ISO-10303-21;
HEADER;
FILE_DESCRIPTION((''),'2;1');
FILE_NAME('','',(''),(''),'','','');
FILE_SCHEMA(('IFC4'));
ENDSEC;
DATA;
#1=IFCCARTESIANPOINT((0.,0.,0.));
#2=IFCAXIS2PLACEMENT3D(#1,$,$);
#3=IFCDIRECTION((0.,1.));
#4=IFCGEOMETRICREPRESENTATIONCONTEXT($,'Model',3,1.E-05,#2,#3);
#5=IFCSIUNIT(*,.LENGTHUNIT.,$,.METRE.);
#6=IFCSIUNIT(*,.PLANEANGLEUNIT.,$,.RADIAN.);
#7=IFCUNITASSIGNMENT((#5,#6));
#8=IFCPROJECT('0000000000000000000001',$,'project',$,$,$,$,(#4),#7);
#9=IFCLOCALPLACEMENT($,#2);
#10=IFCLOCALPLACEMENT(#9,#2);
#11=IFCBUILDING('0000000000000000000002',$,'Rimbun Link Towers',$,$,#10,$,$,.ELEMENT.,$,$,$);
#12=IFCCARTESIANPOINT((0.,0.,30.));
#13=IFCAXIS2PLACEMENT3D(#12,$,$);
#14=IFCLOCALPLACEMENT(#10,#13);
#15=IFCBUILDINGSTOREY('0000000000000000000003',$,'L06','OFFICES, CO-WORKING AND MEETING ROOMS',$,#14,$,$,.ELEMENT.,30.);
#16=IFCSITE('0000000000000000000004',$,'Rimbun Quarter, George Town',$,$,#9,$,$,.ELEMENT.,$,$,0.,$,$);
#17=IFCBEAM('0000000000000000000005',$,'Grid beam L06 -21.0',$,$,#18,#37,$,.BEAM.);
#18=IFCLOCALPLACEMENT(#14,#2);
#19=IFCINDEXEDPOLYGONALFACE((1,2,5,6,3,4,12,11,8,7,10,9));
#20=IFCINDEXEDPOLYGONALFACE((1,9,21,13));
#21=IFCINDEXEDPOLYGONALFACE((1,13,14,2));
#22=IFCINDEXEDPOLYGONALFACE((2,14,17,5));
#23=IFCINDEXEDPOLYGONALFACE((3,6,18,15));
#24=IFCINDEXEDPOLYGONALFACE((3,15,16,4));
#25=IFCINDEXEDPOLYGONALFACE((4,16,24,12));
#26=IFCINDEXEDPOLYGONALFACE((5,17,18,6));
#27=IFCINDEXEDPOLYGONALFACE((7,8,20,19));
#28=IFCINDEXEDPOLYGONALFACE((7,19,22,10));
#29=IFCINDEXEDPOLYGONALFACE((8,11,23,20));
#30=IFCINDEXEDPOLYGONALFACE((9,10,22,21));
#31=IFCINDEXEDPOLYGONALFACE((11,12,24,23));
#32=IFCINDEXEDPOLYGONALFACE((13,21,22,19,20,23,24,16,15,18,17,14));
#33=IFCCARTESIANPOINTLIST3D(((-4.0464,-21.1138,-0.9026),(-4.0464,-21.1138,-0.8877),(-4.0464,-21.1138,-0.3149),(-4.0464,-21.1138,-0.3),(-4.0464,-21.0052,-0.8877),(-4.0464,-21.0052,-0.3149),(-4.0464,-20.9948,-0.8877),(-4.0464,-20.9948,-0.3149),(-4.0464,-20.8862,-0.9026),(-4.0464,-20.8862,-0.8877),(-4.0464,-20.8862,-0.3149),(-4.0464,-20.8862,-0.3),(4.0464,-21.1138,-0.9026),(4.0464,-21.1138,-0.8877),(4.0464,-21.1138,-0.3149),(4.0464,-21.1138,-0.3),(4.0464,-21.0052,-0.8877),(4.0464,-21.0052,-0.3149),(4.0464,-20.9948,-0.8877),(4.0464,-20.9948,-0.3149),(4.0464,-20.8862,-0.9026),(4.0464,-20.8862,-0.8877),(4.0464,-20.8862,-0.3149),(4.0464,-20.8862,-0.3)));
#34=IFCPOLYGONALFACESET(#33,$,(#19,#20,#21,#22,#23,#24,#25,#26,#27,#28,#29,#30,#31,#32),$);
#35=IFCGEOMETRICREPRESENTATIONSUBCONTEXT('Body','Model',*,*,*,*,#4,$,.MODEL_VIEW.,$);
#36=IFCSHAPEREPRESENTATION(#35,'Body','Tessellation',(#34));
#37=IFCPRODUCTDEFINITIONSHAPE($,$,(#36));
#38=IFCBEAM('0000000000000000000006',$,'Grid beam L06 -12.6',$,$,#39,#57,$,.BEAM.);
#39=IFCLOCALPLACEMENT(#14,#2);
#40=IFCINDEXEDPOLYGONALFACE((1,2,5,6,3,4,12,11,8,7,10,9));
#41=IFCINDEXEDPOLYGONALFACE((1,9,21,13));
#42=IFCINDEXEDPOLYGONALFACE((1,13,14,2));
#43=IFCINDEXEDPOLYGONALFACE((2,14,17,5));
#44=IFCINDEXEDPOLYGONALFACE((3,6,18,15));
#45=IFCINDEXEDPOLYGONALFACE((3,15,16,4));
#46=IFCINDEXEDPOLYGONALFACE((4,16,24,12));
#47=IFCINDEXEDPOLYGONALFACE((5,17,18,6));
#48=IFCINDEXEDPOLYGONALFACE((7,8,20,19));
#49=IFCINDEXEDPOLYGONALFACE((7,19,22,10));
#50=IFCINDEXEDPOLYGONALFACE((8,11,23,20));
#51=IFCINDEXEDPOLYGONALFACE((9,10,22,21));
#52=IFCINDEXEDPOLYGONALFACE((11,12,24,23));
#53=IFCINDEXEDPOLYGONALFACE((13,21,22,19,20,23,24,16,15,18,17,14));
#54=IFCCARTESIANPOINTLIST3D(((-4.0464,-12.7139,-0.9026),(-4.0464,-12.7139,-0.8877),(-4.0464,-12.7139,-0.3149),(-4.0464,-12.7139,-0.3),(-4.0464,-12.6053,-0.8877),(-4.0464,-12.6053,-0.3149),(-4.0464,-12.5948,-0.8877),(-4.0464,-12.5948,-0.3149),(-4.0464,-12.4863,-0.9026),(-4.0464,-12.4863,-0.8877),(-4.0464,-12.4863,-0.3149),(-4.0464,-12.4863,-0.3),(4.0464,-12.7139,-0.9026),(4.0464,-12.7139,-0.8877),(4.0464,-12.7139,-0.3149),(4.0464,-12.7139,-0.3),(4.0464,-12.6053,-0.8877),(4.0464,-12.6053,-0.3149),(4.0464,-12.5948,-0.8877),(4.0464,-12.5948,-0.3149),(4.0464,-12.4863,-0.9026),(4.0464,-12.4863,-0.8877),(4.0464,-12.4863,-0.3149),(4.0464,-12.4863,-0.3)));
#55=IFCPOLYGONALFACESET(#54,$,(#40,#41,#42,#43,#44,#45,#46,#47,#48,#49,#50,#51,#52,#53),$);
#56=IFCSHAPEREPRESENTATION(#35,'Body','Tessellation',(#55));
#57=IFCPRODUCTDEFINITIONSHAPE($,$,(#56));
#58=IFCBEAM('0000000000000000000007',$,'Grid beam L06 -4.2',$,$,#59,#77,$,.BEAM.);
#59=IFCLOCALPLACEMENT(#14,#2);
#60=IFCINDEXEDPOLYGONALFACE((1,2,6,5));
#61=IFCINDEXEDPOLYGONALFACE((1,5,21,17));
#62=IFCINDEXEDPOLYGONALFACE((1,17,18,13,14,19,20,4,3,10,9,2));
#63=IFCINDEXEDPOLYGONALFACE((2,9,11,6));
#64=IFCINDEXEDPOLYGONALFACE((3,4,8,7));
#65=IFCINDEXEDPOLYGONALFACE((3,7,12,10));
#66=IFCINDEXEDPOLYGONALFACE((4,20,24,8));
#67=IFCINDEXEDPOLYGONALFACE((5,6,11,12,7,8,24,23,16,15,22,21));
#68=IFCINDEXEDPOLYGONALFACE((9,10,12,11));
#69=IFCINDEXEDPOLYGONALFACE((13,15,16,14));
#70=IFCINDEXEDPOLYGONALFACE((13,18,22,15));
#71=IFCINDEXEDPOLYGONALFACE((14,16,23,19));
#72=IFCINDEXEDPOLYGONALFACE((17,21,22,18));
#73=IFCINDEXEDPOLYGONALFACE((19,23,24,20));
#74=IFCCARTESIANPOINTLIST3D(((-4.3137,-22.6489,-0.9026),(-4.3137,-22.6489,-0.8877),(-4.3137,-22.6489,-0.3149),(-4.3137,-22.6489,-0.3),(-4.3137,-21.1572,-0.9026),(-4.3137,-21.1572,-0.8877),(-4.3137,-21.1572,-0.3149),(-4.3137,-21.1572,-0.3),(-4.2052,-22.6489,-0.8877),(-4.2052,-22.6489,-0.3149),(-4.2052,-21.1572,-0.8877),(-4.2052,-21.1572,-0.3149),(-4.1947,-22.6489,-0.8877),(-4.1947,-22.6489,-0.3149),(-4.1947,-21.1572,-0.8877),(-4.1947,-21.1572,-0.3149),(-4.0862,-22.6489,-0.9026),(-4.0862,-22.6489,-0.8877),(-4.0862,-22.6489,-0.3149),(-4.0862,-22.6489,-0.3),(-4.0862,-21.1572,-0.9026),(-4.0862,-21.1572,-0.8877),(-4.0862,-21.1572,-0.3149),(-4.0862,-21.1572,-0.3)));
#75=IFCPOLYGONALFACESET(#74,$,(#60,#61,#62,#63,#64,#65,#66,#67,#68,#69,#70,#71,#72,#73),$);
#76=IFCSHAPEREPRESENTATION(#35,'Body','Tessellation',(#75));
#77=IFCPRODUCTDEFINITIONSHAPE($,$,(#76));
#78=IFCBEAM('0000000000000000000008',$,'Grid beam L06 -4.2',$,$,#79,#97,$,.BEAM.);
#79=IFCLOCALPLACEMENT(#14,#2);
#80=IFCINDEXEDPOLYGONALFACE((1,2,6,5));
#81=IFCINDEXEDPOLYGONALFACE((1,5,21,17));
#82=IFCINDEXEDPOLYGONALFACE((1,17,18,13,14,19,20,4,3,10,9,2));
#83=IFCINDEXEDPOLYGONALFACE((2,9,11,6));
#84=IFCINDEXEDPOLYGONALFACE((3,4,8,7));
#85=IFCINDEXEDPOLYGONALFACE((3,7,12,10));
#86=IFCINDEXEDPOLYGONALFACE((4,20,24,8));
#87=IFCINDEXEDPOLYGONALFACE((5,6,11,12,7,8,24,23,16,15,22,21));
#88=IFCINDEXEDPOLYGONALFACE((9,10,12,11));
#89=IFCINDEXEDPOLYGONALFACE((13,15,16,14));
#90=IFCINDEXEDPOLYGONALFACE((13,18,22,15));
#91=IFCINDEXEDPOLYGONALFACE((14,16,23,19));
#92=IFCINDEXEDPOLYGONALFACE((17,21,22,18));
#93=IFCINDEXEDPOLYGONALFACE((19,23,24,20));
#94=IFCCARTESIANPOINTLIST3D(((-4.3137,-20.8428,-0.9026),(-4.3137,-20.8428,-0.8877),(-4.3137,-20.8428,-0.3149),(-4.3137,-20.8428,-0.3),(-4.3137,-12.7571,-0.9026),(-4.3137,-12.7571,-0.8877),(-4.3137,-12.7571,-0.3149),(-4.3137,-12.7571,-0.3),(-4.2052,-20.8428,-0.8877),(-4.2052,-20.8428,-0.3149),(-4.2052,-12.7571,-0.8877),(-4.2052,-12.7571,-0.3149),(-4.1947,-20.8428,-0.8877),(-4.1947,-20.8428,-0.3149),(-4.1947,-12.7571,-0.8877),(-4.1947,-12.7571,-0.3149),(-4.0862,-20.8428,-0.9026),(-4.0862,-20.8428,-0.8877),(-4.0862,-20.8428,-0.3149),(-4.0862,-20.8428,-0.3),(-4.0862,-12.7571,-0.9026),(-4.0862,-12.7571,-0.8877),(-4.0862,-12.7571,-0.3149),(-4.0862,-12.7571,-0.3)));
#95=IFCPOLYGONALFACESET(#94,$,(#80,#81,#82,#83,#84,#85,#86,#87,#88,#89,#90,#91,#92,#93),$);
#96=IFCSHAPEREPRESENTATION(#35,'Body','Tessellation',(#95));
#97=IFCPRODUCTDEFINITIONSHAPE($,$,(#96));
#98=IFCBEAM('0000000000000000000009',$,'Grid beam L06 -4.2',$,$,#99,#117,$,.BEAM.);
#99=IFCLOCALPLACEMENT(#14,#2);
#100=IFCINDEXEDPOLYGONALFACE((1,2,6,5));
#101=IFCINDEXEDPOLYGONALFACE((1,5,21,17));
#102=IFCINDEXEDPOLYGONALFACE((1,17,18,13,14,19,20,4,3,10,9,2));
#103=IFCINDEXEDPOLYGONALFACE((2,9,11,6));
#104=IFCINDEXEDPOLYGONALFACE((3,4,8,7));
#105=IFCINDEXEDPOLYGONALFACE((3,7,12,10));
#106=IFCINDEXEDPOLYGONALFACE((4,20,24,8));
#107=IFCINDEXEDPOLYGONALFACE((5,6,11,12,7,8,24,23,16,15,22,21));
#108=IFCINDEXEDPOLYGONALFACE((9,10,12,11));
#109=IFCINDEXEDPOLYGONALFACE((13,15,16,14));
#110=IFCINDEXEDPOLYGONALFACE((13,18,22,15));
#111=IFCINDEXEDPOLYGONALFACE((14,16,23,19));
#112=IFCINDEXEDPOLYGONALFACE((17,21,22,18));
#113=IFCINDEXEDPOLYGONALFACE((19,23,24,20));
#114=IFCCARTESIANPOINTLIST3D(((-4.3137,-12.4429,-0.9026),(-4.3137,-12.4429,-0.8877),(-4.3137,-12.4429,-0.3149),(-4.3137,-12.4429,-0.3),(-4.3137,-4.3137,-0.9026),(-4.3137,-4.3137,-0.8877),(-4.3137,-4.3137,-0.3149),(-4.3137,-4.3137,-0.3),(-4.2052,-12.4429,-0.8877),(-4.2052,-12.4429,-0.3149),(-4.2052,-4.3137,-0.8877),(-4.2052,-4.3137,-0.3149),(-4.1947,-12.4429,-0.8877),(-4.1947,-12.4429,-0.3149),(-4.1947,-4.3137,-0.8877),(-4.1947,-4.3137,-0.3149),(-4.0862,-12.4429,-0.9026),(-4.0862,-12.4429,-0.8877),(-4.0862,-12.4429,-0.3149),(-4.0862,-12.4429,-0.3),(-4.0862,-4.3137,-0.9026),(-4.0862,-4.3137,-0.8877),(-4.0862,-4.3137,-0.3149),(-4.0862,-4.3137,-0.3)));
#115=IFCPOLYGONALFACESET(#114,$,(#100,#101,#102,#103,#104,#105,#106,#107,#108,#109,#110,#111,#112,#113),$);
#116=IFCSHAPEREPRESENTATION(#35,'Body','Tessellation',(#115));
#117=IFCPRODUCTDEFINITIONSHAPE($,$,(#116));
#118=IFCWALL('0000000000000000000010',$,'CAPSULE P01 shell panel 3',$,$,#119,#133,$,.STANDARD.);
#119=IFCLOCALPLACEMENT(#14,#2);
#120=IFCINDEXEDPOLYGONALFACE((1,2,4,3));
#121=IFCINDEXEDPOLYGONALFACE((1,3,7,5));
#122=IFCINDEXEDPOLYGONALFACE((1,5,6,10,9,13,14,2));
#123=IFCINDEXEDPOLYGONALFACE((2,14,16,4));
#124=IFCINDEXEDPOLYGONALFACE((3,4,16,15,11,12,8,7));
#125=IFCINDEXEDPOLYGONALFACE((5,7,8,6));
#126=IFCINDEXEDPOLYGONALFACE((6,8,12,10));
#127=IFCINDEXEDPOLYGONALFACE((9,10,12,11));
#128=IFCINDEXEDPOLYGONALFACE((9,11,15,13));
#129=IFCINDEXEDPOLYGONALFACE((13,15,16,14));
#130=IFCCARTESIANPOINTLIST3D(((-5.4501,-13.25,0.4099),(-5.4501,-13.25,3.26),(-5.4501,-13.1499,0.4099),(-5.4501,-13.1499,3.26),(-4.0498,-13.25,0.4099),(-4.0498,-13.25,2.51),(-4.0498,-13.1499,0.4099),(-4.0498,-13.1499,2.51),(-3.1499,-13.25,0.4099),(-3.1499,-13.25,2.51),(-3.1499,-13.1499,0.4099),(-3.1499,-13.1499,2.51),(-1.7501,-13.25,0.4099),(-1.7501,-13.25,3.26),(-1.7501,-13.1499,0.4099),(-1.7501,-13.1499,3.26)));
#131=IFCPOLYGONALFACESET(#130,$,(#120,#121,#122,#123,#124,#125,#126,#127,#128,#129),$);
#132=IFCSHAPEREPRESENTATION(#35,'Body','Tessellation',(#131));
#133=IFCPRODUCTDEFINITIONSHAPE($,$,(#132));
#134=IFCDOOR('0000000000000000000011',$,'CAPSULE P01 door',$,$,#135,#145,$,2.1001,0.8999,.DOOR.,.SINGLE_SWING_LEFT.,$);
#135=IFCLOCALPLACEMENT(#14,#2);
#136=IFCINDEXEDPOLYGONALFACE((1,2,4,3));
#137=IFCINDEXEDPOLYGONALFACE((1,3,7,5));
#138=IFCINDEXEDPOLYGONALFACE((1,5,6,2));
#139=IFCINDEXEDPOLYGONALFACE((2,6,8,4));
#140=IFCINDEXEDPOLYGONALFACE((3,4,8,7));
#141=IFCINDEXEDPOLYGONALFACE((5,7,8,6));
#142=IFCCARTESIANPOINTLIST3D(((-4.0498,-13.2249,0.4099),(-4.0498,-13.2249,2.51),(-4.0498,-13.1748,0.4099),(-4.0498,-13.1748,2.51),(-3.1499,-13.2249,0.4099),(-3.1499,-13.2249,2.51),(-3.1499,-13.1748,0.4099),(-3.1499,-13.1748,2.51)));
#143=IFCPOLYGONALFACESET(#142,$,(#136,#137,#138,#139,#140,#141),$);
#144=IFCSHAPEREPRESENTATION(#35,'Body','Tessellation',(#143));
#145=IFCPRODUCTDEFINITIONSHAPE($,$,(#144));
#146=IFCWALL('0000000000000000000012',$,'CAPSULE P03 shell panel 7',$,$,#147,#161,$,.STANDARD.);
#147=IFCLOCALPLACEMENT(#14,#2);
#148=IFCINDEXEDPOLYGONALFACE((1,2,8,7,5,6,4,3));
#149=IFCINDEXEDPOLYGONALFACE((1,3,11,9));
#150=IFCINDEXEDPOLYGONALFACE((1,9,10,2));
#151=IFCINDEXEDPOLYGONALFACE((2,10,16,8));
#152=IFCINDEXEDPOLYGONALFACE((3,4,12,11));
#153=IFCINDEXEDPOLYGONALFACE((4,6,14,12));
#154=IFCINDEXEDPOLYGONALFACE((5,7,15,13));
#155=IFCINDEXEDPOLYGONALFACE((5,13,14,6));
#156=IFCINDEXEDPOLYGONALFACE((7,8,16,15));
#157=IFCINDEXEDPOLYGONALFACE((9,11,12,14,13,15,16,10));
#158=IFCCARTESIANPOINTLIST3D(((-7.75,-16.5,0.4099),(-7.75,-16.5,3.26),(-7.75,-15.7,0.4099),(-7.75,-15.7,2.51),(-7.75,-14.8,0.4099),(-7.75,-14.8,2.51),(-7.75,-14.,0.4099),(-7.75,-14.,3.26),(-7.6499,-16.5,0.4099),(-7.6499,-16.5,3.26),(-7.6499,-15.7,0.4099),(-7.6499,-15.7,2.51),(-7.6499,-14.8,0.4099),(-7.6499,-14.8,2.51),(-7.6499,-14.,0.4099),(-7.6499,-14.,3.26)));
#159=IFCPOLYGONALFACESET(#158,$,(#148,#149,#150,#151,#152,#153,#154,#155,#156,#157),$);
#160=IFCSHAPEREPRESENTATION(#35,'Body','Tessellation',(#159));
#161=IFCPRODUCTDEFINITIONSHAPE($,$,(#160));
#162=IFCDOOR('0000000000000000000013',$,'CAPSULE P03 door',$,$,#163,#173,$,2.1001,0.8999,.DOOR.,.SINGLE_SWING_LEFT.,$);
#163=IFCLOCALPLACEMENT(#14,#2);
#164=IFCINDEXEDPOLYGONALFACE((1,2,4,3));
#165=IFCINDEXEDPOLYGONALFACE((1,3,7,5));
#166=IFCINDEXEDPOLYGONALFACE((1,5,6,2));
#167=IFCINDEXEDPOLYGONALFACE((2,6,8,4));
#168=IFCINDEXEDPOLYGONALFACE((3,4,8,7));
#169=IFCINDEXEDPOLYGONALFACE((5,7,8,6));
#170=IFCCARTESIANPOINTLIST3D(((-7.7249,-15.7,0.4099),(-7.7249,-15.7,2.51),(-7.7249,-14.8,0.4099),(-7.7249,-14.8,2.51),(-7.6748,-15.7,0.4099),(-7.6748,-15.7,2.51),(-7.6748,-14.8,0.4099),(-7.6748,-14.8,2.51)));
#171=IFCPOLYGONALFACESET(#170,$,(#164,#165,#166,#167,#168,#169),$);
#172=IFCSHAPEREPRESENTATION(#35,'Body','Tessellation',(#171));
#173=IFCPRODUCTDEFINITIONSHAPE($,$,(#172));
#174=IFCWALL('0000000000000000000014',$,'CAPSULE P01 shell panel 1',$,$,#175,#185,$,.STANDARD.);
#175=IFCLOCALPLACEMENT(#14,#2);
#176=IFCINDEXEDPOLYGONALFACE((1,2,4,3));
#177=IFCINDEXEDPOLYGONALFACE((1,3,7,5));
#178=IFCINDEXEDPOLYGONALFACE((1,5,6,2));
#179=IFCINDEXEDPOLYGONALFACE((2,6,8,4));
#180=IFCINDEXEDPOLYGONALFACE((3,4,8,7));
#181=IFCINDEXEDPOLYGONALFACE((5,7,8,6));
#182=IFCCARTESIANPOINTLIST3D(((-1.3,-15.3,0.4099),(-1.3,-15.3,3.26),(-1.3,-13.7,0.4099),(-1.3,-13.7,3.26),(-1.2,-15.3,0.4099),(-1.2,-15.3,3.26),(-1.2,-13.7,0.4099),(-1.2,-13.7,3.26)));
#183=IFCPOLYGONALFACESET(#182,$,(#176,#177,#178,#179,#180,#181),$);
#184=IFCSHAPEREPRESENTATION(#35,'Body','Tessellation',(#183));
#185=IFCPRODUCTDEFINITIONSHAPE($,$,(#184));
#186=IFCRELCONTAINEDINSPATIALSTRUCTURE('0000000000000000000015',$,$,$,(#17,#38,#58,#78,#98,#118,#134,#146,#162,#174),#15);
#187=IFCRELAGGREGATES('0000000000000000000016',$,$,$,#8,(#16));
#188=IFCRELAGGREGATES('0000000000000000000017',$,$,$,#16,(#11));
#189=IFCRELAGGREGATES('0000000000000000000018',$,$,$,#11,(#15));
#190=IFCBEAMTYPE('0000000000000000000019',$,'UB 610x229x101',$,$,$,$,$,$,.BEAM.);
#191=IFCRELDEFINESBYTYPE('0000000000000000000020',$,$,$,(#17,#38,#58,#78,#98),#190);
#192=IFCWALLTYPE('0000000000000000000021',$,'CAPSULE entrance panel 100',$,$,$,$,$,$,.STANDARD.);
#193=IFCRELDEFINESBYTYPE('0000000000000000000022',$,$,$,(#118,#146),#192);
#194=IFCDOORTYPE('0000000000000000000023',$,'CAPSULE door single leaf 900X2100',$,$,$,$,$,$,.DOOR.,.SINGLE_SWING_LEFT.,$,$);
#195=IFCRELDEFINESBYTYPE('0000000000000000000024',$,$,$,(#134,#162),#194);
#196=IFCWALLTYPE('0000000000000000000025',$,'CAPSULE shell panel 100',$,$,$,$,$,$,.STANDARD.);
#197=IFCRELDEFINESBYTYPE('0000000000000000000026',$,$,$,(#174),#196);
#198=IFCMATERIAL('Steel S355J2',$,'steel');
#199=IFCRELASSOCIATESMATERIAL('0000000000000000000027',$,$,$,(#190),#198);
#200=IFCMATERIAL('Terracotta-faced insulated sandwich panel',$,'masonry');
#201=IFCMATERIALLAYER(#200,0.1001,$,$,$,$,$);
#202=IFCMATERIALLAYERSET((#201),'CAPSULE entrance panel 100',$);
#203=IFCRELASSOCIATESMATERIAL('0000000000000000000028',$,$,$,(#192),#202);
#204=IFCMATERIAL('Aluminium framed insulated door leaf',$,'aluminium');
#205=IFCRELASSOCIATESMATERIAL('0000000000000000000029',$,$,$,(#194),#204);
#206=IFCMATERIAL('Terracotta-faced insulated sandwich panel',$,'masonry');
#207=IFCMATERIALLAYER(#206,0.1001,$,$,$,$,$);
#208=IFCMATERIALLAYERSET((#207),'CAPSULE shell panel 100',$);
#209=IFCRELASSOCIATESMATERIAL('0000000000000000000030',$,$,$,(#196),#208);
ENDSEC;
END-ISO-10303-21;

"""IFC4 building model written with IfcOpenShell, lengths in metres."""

from ifc_helpers import new_model, si_unit, direction, frame, frame_2d, origin, origin_2d, place, context, subcontext, project, spatial, rectangle, i_section, extrude, material, layer, layer_set, material_profile, profile_set, type_object, element, fill, save


model = new_model("IFC4")

# Units and contexts
model_context = context("Model", 3, precision=1e-05, world=origin(), true_north=direction((0.0, 1.0)))
body_context = subcontext(model_context, "Body", "Model", "MODEL_VIEW")
ifc_project = project(units=[si_unit("LENGTHUNIT", "METRE"), si_unit("PLANEANGLEUNIT", "RADIAN")], contexts=[model_context])

# Site, building, storey
site_placement = place(None, origin())
site = spatial("IfcSite", under=ifc_project, at=site_placement, Name="Rimbun Quarter, George Town", CompositionType="ELEMENT", RefElevation=0.0)
building_placement = place(site_placement, origin())
building = spatial("IfcBuilding", under=site, at=building_placement, Name="Rimbun Link Towers", CompositionType="ELEMENT")
storey_placement = place(building_placement, frame((0.0, 0.0, 30.0)))
storey = spatial("IfcBuildingStorey", under=building, at=storey_placement, Name="L06", Description="OFFICES, CO-WORKING AND MEETING ROOMS", CompositionType="ELEMENT", Elevation=30.0)

# Beams
ifc_material_1 = material(Name="Steel S355J2", Category="steel")
ifc_material_profile = material_profile(ifc_material_1, i_section(OverallWidth=0.2275, OverallDepth=0.6025, WebThickness=0.0105, FlangeThickness=0.0149, at=origin_2d()), Name="UB 610x229x101")
ifc_profile_set = profile_set([ifc_material_profile], Name="Steel S355J2")
beam_type = type_object("IfcBeamType", Name="UB 610x229x101", PredefinedType="BEAM", material=ifc_profile_set)
for number, where, z_axis, x_axis, name in (
    (1, (-4.0464, -21.0, -0.6013), (1.0, 0.0, 0.0), (0.0, 1.0, 0.0), "Grid beam L06 -21.0"),
    (2, (-4.0464, -12.6001, -0.6013), (1.0, 0.0, 0.0), (0.0, 1.0, 0.0), "Grid beam L06 -12.6"),
):
    element("IfcBeam", number, at=place(storey_placement, frame(where, z_axis=z_axis, x_axis=x_axis)), inside=storey, type_object=beam_type, Name=name, PredefinedType="BEAM", context=body_context, shape_type="SweptSolid", body=[
        extrude(i_section(OverallWidth=0.2275, OverallDepth=0.6025, WebThickness=0.0105, FlangeThickness=0.0149, at=origin_2d()), origin(), (0.0, 0.0, 1.0), 8.0928),
    ])
beam_1_placement = place(storey_placement, frame((-4.2, -22.6489, -0.6013), z_axis=(0.0, 1.0, 0.0), x_axis=(-1.0, 0.0, 0.0)))
element("IfcBeam", 3, at=beam_1_placement, inside=storey, type_object=beam_type, Name="Grid beam L06 -4.2", PredefinedType="BEAM", context=body_context, shape_type="SweptSolid", body=[
    extrude(i_section(OverallWidth=0.2275, OverallDepth=0.6025, WebThickness=0.0105, FlangeThickness=0.0149, at=origin_2d()), origin(), (0.0, 0.0, 1.0), 1.4917),
])
beam_2_placement = place(storey_placement, frame((-4.2, -20.8428, -0.6013), z_axis=(0.0, 1.0, 0.0), x_axis=(-1.0, 0.0, 0.0)))
element("IfcBeam", 4, at=beam_2_placement, inside=storey, type_object=beam_type, Name="Grid beam L06 -4.2", PredefinedType="BEAM", context=body_context, shape_type="SweptSolid", body=[
    extrude(i_section(OverallWidth=0.2275, OverallDepth=0.6025, WebThickness=0.0105, FlangeThickness=0.0149, at=origin_2d()), origin(), (0.0, 0.0, 1.0), 8.0857),
])
beam_3_placement = place(storey_placement, frame((-4.2, -12.4429, -0.6013), z_axis=(0.0, 1.0, 0.0), x_axis=(-1.0, 0.0, 0.0)))
element("IfcBeam", 5, at=beam_3_placement, inside=storey, type_object=beam_type, Name="Grid beam L06 -4.2", PredefinedType="BEAM", context=body_context, shape_type="SweptSolid", body=[
    extrude(i_section(OverallWidth=0.2275, OverallDepth=0.6025, WebThickness=0.0105, FlangeThickness=0.0149, at=origin_2d()), origin(), (0.0, 0.0, 1.0), 8.1292),
])

# Walls, openings, doors
ifc_material_2 = material(Name="Terracotta-faced insulated sandwich panel", Category="masonry")
ifc_layer_1 = layer(ifc_material_2, 0.1001)
ifc_layer_set_1 = layer_set([ifc_layer_1], Name="CAPSULE entrance panel 100")
wall_type_1 = type_object("IfcWallType", Name="CAPSULE entrance panel 100", PredefinedType="STANDARD", material=ifc_layer_set_1)
wall_1_placement = place(storey_placement, frame((-1.75, -13.2, 0.4099), z_axis=(0.0, 0.0, 1.0), x_axis=(-1.0, 0.0, 0.0)))
wall_1 = element("IfcWall", 6, at=wall_1_placement, inside=storey, type_object=wall_type_1, Name="CAPSULE P01 shell panel 3", PredefinedType="STANDARD", context=body_context, shape_type="SweptSolid", body=[
    extrude(rectangle(XDim=3.7, YDim=0.1001, at=frame_2d((1.8501, 0.0))), origin(), (0.0, 0.0, 1.0), 2.8501),
])
opening_1_placement = place(wall_1_placement, frame((1.3999, 0.0, 0.0)))
opening_1 = element("IfcOpeningElement", 7, at=opening_1_placement, cuts=wall_1, PredefinedType="OPENING", context=body_context, shape_type="SweptSolid", body=[
    extrude(rectangle(XDim=0.8999, YDim=2.1001, at=frame_2d((0.45, 1.05))), frame((0.0, 0.0601, 0.0), z_axis=(0.0, -1.0, 0.0), x_axis=(1.0, 0.0, 0.0)), (0.0, 0.0, 1.0), 0.1201),
])
ifc_material_3 = material(Name="Aluminium framed insulated door leaf", Category="aluminium")
door_type_1 = type_object("IfcDoorType", Name="CAPSULE door single leaf 900X2100", OperationType="SINGLE_SWING_LEFT", PredefinedType="DOOR", material=ifc_material_3)
door_1_placement = place(opening_1_placement, origin())
door_1 = element("IfcDoor", 8, at=door_1_placement, inside=storey, type_object=door_type_1, Name="CAPSULE P01 door", OperationType="SINGLE_SWING_LEFT", OverallHeight=2.1001, OverallWidth=0.8999, PredefinedType="DOOR", context=body_context, shape_type="SweptSolid", body=[
    extrude(rectangle(XDim=0.8999, YDim=2.1001, at=frame_2d((0.45, 1.05))), frame((0.0, 0.0249, 0.0), z_axis=(0.0, -1.0, 0.0), x_axis=(1.0, 0.0, 0.0)), (0.0, 0.0, 1.0), 0.05),
])
fill(opening_1, door_1)
wall_2_placement = place(storey_placement, frame((-7.7, -16.5, 0.4099), z_axis=(0.0, 0.0, 1.0), x_axis=(0.0, 1.0, 0.0)))
wall_2 = element("IfcWall", 9, at=wall_2_placement, inside=storey, type_object=wall_type_1, Name="CAPSULE P03 shell panel 7", PredefinedType="STANDARD", context=body_context, shape_type="SweptSolid", body=[
    extrude(rectangle(XDim=2.5, YDim=0.1001, at=frame_2d((1.25, 0.0))), origin(), (0.0, 0.0, 1.0), 2.8501),
])
opening_2_placement = place(wall_2_placement, frame((0.8, 0.0, 0.0)))
opening_2 = element("IfcOpeningElement", 10, at=opening_2_placement, cuts=wall_2, PredefinedType="OPENING", context=body_context, shape_type="SweptSolid", body=[
    extrude(rectangle(XDim=0.8999, YDim=2.1001, at=frame_2d((0.45, 1.05))), frame((0.0, 0.0601, 0.0), z_axis=(0.0, -1.0, 0.0), x_axis=(1.0, 0.0, 0.0)), (0.0, 0.0, 1.0), 0.1201),
])
door_2_placement = place(opening_2_placement, origin())
door_2 = element("IfcDoor", 11, at=door_2_placement, inside=storey, type_object=door_type_1, Name="CAPSULE P03 door", OperationType="SINGLE_SWING_LEFT", OverallHeight=2.1001, OverallWidth=0.8999, PredefinedType="DOOR", context=body_context, shape_type="SweptSolid", body=[
    extrude(rectangle(XDim=0.8999, YDim=2.1001, at=frame_2d((0.45, 1.05))), frame((0.0, 0.0249, 0.0), z_axis=(0.0, -1.0, 0.0), x_axis=(1.0, 0.0, 0.0)), (0.0, 0.0, 1.0), 0.05),
])
fill(opening_2, door_2)

# Wall
ifc_material_4 = material(Name="Terracotta-faced insulated sandwich panel", Category="masonry")
ifc_layer_2 = layer(ifc_material_4, 0.1001)
ifc_layer_set_2 = layer_set([ifc_layer_2], Name="CAPSULE shell panel 100")
wall_type_2 = type_object("IfcWallType", Name="CAPSULE shell panel 100", PredefinedType="STANDARD", material=ifc_layer_set_2)
wall_3_placement = place(storey_placement, frame((-1.25, -15.3, 0.4099), z_axis=(0.0, 0.0, 1.0), x_axis=(0.0, 1.0, 0.0)))
element("IfcWall", 12, at=wall_3_placement, inside=storey, type_object=wall_type_2, Name="CAPSULE P01 shell panel 1", PredefinedType="STANDARD", context=body_context, shape_type="SweptSolid", body=[
    extrude(rectangle(XDim=1.6001, YDim=0.1001, at=frame_2d((0.8, 0.0))), origin(), (0.0, 0.0, 1.0), 2.8501),
])

save(model, "model.ifc")
